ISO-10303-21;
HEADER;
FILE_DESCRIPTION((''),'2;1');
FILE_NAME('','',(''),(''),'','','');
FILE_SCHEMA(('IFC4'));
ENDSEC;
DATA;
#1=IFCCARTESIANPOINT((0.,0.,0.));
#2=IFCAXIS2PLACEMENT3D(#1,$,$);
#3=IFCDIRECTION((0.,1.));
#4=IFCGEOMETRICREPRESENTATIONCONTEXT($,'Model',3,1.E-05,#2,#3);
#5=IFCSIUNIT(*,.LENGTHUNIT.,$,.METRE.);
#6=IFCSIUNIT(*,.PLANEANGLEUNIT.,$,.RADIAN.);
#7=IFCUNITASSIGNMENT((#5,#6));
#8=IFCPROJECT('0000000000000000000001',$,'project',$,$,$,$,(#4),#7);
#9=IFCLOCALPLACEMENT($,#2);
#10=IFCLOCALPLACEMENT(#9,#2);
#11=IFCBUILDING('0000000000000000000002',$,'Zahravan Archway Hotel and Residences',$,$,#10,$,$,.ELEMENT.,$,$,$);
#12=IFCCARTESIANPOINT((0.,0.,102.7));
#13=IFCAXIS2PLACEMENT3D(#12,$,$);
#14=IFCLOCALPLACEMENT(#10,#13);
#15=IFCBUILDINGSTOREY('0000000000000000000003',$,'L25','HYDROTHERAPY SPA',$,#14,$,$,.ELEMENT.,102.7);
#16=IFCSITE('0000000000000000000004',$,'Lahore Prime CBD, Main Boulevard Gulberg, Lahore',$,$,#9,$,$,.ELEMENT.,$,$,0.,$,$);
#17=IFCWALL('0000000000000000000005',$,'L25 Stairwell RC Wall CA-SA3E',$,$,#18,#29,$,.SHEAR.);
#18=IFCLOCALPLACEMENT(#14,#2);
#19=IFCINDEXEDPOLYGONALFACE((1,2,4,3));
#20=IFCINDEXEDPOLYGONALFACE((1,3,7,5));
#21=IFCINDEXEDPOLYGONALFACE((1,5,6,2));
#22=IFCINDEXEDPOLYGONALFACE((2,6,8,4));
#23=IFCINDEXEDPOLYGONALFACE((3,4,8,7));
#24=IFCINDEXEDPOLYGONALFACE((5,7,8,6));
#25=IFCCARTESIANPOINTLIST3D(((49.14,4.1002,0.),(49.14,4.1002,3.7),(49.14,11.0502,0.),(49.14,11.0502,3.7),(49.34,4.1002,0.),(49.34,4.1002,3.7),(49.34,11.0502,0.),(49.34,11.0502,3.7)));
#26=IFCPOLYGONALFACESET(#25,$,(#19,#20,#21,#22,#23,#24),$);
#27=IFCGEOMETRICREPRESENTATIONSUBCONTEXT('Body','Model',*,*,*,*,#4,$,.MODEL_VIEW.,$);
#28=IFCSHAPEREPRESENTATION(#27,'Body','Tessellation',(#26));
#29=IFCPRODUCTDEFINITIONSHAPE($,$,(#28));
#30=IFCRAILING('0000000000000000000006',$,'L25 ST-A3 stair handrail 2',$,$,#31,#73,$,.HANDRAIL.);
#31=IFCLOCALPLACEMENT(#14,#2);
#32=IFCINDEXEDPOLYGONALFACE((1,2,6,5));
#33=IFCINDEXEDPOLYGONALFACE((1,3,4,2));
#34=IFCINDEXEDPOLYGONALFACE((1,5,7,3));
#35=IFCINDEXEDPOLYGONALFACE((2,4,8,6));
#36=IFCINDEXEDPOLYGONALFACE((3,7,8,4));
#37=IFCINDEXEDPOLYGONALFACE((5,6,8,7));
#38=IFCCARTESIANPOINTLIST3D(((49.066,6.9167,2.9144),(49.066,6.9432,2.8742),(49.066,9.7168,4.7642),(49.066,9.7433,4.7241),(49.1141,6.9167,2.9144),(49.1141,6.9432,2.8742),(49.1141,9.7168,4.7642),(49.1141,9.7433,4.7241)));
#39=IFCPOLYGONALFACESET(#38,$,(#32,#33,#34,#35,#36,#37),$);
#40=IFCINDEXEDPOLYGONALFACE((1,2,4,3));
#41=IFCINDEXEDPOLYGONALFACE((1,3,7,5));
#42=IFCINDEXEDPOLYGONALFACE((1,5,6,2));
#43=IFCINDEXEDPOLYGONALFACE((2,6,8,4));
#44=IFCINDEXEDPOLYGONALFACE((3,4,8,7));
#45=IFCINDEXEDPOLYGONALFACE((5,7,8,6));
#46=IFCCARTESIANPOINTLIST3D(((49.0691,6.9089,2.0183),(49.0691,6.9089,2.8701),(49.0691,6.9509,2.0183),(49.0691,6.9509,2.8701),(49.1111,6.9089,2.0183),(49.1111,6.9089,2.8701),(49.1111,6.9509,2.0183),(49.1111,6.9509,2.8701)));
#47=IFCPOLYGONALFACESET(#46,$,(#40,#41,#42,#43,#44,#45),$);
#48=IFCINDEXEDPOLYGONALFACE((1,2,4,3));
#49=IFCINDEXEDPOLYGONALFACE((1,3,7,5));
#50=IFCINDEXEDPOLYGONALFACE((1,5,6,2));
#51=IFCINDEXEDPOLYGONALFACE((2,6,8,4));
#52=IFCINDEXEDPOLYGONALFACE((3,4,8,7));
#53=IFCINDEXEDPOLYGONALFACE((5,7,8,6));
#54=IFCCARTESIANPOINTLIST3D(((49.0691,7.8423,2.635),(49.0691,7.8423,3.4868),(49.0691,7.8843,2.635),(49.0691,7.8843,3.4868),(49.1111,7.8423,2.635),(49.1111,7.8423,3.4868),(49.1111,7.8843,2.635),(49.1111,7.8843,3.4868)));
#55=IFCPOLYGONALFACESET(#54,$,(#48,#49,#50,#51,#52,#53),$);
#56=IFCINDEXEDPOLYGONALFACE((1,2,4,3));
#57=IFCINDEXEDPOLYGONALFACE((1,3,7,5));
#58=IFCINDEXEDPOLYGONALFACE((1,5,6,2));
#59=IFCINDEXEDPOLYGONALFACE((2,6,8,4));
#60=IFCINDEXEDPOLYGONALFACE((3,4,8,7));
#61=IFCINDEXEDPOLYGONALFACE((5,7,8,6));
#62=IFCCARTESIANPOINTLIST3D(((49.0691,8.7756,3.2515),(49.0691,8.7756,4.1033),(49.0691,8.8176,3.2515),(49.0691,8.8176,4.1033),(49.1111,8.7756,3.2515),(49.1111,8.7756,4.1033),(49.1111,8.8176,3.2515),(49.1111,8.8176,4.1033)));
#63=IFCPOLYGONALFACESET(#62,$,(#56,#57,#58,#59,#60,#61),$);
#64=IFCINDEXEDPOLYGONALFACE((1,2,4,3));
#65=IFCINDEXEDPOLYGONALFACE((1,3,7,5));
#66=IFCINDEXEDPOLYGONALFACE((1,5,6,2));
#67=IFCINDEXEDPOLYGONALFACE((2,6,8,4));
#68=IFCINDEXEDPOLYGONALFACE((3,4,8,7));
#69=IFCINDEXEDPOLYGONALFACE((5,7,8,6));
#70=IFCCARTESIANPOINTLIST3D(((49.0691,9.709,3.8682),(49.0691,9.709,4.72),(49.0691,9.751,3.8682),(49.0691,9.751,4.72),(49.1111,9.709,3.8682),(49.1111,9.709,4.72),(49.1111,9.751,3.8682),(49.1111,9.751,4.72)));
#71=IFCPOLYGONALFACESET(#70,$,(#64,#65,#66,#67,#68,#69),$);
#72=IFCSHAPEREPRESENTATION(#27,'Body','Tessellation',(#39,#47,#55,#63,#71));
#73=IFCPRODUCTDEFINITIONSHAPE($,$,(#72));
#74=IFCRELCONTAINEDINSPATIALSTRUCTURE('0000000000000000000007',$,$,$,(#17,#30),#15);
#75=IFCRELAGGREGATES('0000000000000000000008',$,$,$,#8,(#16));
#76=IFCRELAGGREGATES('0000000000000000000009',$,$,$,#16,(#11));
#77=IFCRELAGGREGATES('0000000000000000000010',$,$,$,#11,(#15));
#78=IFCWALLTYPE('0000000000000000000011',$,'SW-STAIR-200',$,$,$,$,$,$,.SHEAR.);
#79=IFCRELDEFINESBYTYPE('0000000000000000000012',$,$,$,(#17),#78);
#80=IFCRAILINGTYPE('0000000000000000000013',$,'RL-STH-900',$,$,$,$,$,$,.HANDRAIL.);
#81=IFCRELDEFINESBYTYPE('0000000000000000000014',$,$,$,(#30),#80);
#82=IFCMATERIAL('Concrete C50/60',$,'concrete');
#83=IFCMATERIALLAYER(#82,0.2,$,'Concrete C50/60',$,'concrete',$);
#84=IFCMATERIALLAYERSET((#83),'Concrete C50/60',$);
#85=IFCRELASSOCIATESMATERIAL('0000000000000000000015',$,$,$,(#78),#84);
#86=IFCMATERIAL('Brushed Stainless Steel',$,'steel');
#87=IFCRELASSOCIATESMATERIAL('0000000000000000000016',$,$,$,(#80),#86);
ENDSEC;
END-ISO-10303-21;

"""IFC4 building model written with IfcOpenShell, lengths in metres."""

from ifc_helpers import new_model, si_unit, direction, frame, frame_2d, origin, origin_2d, place, context, subcontext, project, spatial, rectangle, extrude, material, layer, layer_set, type_object, element, save


model = new_model("IFC4")

# Units and contexts
model_context = context("Model", 3, precision=1e-05, world=origin(), true_north=direction((0.0, 1.0)))
body_context = subcontext(model_context, "Body", "Model", "MODEL_VIEW")
ifc_project = project(units=[si_unit("LENGTHUNIT", "METRE"), si_unit("PLANEANGLEUNIT", "RADIAN")], contexts=[model_context])

# Site, building, storey
site_placement = place(None, origin())
site = spatial("IfcSite", under=ifc_project, at=site_placement, Name="Lahore Prime CBD, Main Boulevard Gulberg, Lahore", CompositionType="ELEMENT", RefElevation=0.0)
building_placement = place(site_placement, origin())
building = spatial("IfcBuilding", under=site, at=building_placement, Name="Zahravan Archway Hotel and Residences", CompositionType="ELEMENT")
storey_placement = place(building_placement, frame((0.0, 0.0, 102.7)))
storey = spatial("IfcBuildingStorey", under=building, at=storey_placement, Name="L25", Description="HYDROTHERAPY SPA", CompositionType="ELEMENT", Elevation=102.7)

# Wall
ifc_material_1 = material(Name="Concrete C50/60", Category="concrete")
ifc_layer_1 = layer(ifc_material_1, 0.2, Name="Concrete C50/60", Category="concrete")
ifc_layer_set_1 = layer_set([ifc_layer_1], Name="Concrete C50/60")
wall_type_1 = type_object("IfcWallType", Name="SW-STAIR-200", PredefinedType="SHEAR", material=ifc_layer_set_1)
wall_1_placement = place(storey_placement, frame((49.24, 4.1001, 0.0), z_axis=(0.0, 0.0, 1.0), x_axis=(0.0, 1.0, 0.0)))
element("IfcWall", 1, at=wall_1_placement, inside=storey, type_object=wall_type_1, Name="L25 Stairwell RC Wall CA-SA3E", PredefinedType="SHEAR", context=body_context, shape_type="SweptSolid", body=[
    extrude(rectangle(XDim=6.95, YDim=0.2, at=frame_2d((3.4751, 0.0))), origin(), (0.0, 0.0, 1.0), 3.7),
])

# Railing
ifc_material_2 = material(Name="Brushed Stainless Steel", Category="steel")
railing_type_1 = type_object("IfcRailingType", Name="RL-STH-900", PredefinedType="HANDRAIL", material=ifc_material_2)
railing_1_placement = place(storey_placement, frame((49.0901, 6.9299, 2.0183)))
element("IfcRailing", 2, at=railing_1_placement, inside=storey, type_object=railing_type_1, Name="L25 ST-A3 stair handrail 2", PredefinedType="HANDRAIL", context=body_context, shape_type="SweptSolid", body=[
    extrude(rectangle(XDim=0.0481, YDim=0.0481, at=origin_2d()), frame((0.0, 0.0, 0.876), z_axis=(0.0, 0.83436, 0.55122), x_axis=(-1.0, 0.0, 0.0)), (0.0, 0.0, 1.0), 3.356),
    extrude(rectangle(XDim=0.042, YDim=0.042, at=origin_2d()), origin(), (0.0, 0.0, 1.0), 0.8518),
    extrude(rectangle(XDim=0.042, YDim=0.042, at=origin_2d()), frame((0.0, 0.9333, 0.6167)), (0.0, 0.0, 1.0), 0.8518),
    extrude(rectangle(XDim=0.042, YDim=0.042, at=origin_2d()), frame((0.0, 1.8667, 1.2332)), (0.0, 0.0, 1.0), 0.8518),
    extrude(rectangle(XDim=0.042, YDim=0.042, at=origin_2d()), frame((0.0, 2.8, 1.8499)), (0.0, 0.0, 1.0), 0.8518),
])

save(model, "model.ifc")
